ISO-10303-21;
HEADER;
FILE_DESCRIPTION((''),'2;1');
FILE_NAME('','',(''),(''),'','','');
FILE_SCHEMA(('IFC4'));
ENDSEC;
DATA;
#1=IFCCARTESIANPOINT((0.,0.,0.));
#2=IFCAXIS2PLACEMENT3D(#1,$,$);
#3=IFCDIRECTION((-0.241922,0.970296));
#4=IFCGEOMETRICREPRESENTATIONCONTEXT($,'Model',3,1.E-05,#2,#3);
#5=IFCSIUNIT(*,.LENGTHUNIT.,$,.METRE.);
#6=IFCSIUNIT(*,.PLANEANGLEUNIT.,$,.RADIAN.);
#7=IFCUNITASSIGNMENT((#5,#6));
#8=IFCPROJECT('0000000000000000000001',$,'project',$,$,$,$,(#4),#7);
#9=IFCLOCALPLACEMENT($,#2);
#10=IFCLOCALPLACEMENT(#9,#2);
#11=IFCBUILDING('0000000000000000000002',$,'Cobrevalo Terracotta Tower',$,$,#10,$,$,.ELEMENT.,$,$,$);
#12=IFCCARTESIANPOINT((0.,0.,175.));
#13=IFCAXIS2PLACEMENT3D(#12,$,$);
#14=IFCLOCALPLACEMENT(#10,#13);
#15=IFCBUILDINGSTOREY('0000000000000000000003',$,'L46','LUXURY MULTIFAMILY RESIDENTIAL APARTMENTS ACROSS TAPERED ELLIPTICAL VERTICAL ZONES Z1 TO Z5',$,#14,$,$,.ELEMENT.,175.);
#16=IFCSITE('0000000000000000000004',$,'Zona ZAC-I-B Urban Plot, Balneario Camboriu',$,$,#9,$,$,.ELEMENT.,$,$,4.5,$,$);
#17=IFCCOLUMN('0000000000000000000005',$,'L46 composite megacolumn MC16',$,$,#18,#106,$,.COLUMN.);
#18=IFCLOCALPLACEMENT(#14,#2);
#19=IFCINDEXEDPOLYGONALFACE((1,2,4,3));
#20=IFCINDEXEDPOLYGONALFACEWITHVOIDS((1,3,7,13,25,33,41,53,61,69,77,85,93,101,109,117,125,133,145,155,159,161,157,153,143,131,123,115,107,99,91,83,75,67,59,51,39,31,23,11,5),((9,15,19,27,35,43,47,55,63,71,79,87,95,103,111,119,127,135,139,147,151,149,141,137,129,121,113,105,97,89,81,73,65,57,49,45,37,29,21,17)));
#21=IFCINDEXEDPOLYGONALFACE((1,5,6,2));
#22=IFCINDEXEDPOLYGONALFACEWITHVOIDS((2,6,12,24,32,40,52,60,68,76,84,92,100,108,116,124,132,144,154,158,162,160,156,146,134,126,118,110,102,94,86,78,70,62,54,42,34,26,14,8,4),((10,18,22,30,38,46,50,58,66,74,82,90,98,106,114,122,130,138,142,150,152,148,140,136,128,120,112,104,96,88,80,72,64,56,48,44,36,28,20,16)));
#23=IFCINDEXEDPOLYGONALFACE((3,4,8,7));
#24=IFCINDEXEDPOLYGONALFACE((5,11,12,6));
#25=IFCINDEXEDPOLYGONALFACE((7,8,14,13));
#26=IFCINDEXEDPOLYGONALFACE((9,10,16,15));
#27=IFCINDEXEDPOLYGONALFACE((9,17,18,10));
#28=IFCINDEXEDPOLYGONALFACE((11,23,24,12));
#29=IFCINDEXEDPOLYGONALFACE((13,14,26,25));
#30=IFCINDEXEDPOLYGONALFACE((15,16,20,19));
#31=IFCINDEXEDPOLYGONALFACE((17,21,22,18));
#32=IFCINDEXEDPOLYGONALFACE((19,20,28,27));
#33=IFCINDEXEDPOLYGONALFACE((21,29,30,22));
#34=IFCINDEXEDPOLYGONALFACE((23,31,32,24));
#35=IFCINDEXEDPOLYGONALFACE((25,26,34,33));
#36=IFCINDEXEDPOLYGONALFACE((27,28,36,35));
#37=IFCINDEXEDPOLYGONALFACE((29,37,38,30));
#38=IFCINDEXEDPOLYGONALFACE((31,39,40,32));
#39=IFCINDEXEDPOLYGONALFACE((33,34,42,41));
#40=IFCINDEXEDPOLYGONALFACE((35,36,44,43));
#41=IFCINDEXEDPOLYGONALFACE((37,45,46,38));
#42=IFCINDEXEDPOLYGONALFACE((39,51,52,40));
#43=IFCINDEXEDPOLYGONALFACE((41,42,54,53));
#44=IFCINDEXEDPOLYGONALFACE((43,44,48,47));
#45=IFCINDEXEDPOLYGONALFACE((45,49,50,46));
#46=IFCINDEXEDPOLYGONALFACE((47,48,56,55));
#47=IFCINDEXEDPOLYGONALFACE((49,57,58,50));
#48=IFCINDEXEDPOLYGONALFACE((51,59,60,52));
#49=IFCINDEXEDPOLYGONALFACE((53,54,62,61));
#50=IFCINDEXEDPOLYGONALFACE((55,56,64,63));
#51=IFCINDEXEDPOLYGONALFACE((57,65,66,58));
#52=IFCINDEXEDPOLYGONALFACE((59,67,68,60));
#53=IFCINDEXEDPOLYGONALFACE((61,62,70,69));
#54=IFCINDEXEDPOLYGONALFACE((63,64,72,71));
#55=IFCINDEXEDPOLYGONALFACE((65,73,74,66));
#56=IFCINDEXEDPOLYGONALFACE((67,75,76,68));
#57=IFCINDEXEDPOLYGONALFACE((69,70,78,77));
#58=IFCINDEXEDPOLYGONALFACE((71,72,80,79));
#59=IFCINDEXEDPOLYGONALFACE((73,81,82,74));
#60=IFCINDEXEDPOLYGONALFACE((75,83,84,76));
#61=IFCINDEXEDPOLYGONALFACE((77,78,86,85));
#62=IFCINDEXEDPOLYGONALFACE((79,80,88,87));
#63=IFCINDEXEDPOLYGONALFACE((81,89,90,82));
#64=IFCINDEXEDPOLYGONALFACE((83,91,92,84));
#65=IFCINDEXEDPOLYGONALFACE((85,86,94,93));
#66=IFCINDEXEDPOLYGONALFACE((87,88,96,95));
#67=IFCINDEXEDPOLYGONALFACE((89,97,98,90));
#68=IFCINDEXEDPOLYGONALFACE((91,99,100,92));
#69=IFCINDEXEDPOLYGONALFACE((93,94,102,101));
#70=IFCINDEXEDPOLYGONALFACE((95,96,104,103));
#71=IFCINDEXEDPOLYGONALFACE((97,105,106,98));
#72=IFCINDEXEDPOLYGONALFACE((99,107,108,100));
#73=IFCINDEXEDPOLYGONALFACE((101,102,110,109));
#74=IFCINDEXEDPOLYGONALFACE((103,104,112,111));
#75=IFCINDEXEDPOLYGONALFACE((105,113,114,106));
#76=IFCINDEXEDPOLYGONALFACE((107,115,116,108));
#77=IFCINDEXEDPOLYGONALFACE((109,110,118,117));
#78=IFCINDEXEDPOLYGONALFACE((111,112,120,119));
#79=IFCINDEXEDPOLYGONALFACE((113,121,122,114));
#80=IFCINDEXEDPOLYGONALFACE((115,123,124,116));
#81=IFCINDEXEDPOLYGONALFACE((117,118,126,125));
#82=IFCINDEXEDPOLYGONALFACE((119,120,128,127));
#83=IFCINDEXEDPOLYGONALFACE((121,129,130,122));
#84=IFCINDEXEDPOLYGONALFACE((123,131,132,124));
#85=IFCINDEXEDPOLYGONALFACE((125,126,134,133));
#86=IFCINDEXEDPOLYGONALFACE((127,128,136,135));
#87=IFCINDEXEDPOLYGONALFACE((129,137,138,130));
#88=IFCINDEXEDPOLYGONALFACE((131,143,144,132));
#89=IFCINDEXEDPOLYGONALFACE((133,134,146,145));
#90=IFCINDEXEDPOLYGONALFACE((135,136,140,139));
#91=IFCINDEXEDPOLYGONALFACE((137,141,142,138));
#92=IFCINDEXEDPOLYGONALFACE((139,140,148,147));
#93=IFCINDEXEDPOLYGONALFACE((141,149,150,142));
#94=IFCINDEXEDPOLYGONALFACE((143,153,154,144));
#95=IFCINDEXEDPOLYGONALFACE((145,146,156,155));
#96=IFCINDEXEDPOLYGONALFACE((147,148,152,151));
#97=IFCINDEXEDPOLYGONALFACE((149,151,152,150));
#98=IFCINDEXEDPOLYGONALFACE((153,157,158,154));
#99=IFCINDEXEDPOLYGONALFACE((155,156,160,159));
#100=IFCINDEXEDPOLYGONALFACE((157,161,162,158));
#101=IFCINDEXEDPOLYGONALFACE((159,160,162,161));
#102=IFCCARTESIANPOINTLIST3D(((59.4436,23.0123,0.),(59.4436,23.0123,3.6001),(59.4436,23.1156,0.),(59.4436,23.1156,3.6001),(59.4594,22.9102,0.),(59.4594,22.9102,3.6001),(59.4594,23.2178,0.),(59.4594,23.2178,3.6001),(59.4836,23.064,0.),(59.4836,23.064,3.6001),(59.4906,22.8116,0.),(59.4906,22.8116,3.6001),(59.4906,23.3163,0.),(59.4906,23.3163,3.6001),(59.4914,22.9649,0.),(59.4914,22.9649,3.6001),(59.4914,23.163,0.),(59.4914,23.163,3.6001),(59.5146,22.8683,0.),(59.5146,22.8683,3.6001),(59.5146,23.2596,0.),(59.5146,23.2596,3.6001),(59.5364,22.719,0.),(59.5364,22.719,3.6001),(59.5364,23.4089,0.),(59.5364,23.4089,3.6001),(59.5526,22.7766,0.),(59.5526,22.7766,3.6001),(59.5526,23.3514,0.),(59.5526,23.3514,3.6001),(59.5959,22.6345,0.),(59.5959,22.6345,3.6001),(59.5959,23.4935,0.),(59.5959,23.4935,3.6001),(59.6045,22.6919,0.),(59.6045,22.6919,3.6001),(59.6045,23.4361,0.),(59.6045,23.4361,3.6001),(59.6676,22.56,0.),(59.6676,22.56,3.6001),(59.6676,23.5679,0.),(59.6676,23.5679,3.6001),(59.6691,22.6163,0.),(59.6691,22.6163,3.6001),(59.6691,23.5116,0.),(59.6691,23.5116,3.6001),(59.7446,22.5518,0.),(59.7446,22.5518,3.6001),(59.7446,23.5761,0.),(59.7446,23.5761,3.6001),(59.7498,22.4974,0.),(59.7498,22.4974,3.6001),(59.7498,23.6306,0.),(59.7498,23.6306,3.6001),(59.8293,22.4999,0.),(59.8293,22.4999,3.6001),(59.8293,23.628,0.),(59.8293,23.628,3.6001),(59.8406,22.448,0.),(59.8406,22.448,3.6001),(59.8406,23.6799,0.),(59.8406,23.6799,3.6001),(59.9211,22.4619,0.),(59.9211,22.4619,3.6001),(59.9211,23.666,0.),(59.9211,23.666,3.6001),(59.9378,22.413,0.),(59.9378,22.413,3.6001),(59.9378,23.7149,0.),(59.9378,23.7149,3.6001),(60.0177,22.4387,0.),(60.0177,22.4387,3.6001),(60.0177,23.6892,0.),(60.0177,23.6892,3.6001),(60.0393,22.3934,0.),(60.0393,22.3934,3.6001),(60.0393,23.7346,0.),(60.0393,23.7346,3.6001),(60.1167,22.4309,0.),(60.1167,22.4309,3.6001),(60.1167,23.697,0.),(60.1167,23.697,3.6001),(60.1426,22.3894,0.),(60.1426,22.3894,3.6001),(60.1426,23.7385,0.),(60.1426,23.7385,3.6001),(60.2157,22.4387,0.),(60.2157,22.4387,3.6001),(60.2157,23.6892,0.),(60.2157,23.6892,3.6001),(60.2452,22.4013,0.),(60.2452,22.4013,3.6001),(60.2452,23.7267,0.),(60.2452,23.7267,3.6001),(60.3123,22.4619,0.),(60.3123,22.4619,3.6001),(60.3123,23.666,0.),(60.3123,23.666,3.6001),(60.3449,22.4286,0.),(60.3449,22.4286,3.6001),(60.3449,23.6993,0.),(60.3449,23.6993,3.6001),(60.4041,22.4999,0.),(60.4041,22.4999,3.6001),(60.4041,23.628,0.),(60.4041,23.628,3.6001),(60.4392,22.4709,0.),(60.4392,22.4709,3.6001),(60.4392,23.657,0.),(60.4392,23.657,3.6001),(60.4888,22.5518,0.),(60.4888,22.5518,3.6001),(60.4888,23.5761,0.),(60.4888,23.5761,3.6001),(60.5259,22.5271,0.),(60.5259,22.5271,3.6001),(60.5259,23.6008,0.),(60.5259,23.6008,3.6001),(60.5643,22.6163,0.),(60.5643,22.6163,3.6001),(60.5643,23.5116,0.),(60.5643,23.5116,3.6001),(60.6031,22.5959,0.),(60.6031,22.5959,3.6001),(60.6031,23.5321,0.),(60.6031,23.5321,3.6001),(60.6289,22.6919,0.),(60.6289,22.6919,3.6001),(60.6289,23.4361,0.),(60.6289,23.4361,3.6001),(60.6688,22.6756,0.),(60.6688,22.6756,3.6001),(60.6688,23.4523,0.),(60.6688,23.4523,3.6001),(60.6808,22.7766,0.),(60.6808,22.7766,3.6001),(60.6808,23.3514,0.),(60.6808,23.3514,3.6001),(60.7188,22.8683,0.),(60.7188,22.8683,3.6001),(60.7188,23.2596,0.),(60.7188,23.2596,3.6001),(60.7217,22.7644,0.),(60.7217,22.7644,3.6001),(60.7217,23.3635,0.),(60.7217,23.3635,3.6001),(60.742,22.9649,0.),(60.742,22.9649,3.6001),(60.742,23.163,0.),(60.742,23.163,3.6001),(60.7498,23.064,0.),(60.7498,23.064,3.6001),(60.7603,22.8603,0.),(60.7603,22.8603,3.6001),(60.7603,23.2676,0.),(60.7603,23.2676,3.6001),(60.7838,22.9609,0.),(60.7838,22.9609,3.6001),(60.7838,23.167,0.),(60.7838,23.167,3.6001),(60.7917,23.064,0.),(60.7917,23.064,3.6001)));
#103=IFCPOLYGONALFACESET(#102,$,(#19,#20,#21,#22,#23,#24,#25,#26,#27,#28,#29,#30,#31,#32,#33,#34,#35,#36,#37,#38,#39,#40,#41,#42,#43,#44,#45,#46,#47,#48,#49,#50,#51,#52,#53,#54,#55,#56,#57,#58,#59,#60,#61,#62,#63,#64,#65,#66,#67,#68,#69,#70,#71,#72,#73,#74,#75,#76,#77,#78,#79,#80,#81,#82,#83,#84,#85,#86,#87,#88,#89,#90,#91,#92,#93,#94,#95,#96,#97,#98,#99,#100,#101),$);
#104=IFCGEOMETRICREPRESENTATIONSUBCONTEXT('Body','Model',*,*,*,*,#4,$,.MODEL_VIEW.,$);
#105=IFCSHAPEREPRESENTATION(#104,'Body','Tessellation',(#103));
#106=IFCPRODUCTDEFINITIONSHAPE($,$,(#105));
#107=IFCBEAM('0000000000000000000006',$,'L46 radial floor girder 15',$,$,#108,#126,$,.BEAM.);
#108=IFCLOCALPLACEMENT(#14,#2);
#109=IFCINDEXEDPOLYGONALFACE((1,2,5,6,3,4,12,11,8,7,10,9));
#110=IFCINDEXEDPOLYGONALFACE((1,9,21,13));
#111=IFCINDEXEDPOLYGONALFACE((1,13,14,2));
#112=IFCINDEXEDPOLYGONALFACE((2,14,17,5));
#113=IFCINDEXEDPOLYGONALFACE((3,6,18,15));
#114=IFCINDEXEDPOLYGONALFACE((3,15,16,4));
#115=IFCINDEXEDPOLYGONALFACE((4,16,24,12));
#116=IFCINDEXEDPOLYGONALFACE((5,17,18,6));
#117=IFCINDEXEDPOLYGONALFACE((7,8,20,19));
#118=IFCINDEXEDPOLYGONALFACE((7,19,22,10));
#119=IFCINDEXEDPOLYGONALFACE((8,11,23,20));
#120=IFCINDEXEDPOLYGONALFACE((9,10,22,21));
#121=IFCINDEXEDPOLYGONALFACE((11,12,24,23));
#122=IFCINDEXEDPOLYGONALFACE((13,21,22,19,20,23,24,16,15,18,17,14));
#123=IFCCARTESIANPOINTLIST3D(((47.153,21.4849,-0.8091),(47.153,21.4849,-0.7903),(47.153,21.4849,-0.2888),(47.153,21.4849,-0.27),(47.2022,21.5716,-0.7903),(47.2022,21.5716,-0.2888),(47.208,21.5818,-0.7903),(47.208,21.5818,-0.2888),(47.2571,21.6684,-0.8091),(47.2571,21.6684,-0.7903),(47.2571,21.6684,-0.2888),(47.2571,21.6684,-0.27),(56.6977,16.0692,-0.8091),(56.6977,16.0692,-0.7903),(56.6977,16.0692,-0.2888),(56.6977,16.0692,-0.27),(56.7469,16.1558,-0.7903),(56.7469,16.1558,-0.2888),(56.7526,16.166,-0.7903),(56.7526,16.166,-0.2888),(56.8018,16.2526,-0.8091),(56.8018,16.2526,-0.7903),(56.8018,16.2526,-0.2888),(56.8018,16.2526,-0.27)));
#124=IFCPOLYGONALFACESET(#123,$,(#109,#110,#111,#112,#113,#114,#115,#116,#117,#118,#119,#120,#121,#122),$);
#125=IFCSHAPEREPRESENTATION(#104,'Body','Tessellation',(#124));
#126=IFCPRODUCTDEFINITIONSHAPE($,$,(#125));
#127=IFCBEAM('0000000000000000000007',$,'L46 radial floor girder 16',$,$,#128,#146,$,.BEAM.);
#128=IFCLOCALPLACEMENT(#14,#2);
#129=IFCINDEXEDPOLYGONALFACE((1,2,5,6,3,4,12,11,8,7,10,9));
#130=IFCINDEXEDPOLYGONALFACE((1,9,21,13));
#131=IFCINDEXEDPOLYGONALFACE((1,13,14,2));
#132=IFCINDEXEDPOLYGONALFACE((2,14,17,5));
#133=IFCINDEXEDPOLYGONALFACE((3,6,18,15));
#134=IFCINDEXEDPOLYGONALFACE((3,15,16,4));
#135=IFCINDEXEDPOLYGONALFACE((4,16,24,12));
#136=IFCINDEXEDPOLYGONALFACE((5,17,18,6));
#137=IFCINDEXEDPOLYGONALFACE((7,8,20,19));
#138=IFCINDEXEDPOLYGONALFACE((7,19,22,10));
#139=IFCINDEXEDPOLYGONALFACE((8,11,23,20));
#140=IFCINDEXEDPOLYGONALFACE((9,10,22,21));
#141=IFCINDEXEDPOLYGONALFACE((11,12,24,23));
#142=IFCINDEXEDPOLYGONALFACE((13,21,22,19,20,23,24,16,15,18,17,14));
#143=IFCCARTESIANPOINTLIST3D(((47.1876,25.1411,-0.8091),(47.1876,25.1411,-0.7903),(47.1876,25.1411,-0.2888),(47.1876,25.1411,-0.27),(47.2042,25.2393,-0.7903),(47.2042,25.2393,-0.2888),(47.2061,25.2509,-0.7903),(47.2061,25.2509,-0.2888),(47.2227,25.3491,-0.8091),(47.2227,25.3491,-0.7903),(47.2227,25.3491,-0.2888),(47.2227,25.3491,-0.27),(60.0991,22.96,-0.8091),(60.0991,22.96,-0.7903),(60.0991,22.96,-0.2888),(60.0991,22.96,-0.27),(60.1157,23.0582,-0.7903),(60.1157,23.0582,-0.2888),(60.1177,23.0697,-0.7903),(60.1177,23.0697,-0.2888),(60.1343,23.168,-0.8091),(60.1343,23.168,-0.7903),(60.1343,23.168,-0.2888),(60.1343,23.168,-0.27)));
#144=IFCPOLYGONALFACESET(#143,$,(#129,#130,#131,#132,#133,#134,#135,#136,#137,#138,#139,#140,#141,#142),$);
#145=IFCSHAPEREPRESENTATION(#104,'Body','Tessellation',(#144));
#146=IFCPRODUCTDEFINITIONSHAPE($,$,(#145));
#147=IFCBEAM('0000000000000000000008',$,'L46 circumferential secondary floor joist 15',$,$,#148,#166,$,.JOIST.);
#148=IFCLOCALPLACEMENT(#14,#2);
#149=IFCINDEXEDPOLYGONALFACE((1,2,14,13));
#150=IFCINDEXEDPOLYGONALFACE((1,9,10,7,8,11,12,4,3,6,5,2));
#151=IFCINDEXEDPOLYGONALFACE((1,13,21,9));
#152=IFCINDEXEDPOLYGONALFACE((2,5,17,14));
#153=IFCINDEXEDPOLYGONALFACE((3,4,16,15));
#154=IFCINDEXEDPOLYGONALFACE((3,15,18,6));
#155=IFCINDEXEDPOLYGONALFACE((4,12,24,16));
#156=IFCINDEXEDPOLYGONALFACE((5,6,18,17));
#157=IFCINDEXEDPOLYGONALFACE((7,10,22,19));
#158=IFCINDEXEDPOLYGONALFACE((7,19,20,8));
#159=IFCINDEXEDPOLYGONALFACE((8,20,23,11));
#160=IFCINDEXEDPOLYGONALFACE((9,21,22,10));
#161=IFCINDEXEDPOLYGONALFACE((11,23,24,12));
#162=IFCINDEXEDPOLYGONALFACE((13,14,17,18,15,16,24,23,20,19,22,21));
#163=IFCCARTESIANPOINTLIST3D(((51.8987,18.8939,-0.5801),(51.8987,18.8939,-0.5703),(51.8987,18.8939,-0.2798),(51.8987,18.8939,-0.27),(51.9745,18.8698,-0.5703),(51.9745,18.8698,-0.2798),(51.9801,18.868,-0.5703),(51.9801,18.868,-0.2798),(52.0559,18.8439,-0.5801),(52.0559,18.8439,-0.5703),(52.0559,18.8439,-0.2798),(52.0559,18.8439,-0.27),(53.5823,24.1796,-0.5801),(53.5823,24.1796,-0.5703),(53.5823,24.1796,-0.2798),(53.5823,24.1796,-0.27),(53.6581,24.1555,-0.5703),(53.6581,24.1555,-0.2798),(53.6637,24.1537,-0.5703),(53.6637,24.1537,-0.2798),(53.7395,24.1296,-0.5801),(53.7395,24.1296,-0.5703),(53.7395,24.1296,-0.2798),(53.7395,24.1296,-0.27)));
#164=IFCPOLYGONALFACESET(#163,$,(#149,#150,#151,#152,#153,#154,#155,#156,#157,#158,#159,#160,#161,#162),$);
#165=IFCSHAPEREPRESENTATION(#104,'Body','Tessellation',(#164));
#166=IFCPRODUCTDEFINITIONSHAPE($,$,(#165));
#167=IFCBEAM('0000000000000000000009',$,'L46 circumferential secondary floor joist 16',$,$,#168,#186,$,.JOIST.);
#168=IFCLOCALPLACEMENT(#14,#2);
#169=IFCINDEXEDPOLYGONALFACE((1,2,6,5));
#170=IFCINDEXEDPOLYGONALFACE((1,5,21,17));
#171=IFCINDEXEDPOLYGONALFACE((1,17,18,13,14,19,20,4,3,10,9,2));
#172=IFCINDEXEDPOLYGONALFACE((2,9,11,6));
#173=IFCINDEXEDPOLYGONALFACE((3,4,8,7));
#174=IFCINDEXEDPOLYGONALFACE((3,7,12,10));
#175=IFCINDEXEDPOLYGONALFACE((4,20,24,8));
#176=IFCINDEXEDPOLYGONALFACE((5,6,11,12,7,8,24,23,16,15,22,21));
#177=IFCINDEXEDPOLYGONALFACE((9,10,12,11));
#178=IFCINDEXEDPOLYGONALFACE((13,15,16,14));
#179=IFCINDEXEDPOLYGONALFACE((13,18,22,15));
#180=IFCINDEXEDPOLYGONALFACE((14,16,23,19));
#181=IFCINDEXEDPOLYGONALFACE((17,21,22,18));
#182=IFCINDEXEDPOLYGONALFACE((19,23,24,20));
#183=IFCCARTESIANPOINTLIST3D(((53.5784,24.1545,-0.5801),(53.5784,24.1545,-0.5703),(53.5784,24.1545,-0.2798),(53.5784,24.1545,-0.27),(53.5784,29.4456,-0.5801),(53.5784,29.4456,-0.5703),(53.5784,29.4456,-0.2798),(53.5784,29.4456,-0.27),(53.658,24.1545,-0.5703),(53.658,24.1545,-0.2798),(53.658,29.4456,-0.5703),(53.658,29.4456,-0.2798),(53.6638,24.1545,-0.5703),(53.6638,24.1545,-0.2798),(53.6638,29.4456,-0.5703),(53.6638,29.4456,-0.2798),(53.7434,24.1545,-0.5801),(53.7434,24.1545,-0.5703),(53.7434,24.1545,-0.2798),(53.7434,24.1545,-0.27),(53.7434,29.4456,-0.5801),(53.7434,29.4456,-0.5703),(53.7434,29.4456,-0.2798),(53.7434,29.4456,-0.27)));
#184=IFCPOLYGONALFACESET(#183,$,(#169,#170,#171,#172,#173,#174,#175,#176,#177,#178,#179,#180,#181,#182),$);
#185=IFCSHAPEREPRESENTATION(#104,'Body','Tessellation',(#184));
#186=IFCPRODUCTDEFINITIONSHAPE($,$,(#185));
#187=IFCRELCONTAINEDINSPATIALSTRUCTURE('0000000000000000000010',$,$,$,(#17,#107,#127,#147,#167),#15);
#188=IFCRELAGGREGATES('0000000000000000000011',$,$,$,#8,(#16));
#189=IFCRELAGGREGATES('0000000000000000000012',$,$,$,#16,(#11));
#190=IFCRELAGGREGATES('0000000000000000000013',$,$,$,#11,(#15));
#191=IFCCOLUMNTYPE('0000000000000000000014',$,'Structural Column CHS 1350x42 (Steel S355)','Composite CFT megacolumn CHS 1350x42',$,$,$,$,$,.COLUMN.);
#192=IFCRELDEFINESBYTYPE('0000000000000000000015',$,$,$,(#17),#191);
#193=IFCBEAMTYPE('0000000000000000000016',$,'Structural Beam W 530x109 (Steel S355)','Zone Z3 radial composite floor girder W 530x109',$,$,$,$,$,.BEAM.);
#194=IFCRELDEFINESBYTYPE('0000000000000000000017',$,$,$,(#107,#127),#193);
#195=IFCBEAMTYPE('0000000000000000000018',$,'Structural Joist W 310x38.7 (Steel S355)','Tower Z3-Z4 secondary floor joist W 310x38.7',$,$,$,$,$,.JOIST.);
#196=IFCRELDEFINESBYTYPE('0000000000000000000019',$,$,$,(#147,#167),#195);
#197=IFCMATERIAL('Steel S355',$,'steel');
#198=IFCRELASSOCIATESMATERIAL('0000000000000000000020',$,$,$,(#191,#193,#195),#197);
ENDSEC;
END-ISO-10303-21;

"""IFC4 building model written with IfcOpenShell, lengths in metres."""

from ifc_helpers import new_model, si_unit, direction, frame, origin, origin_2d, place, context, subcontext, project, spatial, hollow_circle, i_section, extrude, material, material_profile, profile_set, type_object, element, save


model = new_model("IFC4")

# Units and contexts
model_context = context("Model", 3, precision=1e-05, world=origin(), true_north=direction((-0.241922, 0.970296)))
body_context = subcontext(model_context, "Body", "Model", "MODEL_VIEW")
ifc_project = project(units=[si_unit("LENGTHUNIT", "METRE"), si_unit("PLANEANGLEUNIT", "RADIAN")], contexts=[model_context])

# Site, building, storey
site_placement = place(None, origin())
site = spatial("IfcSite", under=ifc_project, at=site_placement, Name="Zona ZAC-I-B Urban Plot, Balneario Camboriu", CompositionType="ELEMENT", RefElevation=4.5)
building_placement = place(site_placement, origin())
building = spatial("IfcBuilding", under=site, at=building_placement, Name="Cobrevalo Terracotta Tower", CompositionType="ELEMENT")
storey_placement = place(building_placement, frame((0.0, 0.0, 175.0)))
storey = spatial("IfcBuildingStorey", under=building, at=storey_placement, Name="L46", Description="LUXURY MULTIFAMILY RESIDENTIAL APARTMENTS ACROSS TAPERED ELLIPTICAL VERTICAL ZONES Z1 TO Z5", CompositionType="ELEMENT", Elevation=175.0)

# Column
ifc_material_1 = material(Name="Steel S355", Category="steel")
ifc_material_profile_1 = material_profile(ifc_material_1, hollow_circle(Radius=0.675, WallThickness=0.042, at=origin_2d()), Name="CHS 1350x42")
ifc_profile_set_1 = profile_set([ifc_material_profile_1], Name="Steel S355")
column_type = type_object("IfcColumnType", Name="Structural Column CHS 1350x42 (Steel S355)", Description="Composite CFT megacolumn CHS 1350x42", PredefinedType="COLUMN", material=ifc_profile_set_1)
column_placement = place(storey_placement, frame((60.1167, 23.064, 0.0), z_axis=(0.0, 0.0, 1.0), x_axis=(1.0, 0.0, 0.0)))
element("IfcColumn", 1, at=column_placement, inside=storey, type_object=column_type, Name="L46 composite megacolumn MC16", PredefinedType="COLUMN", context=body_context, shape_type="SweptSolid", body=[
    extrude(hollow_circle(Radius=0.675, WallThickness=0.042, at=origin_2d()), origin(), (0.0, 0.0, 1.0), 3.6001),
])

# Beams
ifc_material_profile_2 = material_profile(ifc_material_1, i_section(OverallWidth=0.2109, OverallDepth=0.5391, WebThickness=0.0117, FlangeThickness=0.0188, at=origin_2d()), Name="W 530x109")
ifc_profile_set_2 = profile_set([ifc_material_profile_2], Name="Steel S355")
beam_type_1 = type_object("IfcBeamType", Name="Structural Beam W 530x109 (Steel S355)", Description="Zone Z3 radial composite floor girder W 530x109", PredefinedType="BEAM", material=ifc_profile_set_2)
beam_1_placement = place(storey_placement, frame((56.7498, 16.1609, -0.5396), z_axis=(-0.869744, 0.493504, 0.0), x_axis=(-0.493504, -0.869744, 0.0)))
element("IfcBeam", 2, at=beam_1_placement, inside=storey, type_object=beam_type_1, Name="L46 radial floor girder 15", PredefinedType="BEAM", context=body_context, shape_type="SweptSolid", body=[
    extrude(i_section(OverallWidth=0.2109, OverallDepth=0.5391, WebThickness=0.0117, FlangeThickness=0.0188, at=origin_2d()), origin(), (0.0, 0.0, 1.0), 10.9741),
])
beam_2_placement = place(storey_placement, frame((60.1167, 23.064, -0.5396), z_axis=(-0.98603, 0.166569, 0.0), x_axis=(-0.166569, -0.98603, 0.0)))
element("IfcBeam", 3, at=beam_2_placement, inside=storey, type_object=beam_type_1, Name="L46 radial floor girder 16", PredefinedType="BEAM", context=body_context, shape_type="SweptSolid", body=[
    extrude(i_section(OverallWidth=0.2109, OverallDepth=0.5391, WebThickness=0.0117, FlangeThickness=0.0188, at=origin_2d()), origin(), (0.0, 0.0, 1.0), 13.0945),
])
ifc_material_profile_3 = material_profile(ifc_material_1, i_section(OverallWidth=0.165, OverallDepth=0.3101, WebThickness=0.0059, FlangeThickness=0.0098, at=origin_2d()), Name="W 310x38.7")
ifc_profile_set_3 = profile_set([ifc_material_profile_3], Name="Steel S355")
beam_type_2 = type_object("IfcBeamType", Name="Structural Joist W 310x38.7 (Steel S355)", Description="Tower Z3-Z4 secondary floor joist W 310x38.7", PredefinedType="JOIST", material=ifc_profile_set_3)
beam_3_placement = place(storey_placement, frame((51.9773, 18.8689, -0.425), z_axis=(0.303498, 0.952832, 0.0), x_axis=(-0.952832, 0.303498, 0.0)))
element("IfcBeam", 4, at=beam_3_placement, inside=storey, type_object=beam_type_2, Name="L46 circumferential secondary floor joist 15", PredefinedType="JOIST", context=body_context, shape_type="SweptSolid", body=[
    extrude(i_section(OverallWidth=0.165, OverallDepth=0.3101, WebThickness=0.0059, FlangeThickness=0.0098, at=origin_2d()), origin(), (0.0, 0.0, 1.0), 5.5474),
])
beam_4_placement = place(storey_placement, frame((53.6609, 24.1545, -0.425), z_axis=(0.0, 1.0, 0.0), x_axis=(-1.0, 0.0, 0.0)))
element("IfcBeam", 5, at=beam_4_placement, inside=storey, type_object=beam_type_2, Name="L46 circumferential secondary floor joist 16", PredefinedType="JOIST", context=body_context, shape_type="SweptSolid", body=[
    extrude(i_section(OverallWidth=0.165, OverallDepth=0.3101, WebThickness=0.0059, FlangeThickness=0.0098, at=origin_2d()), origin(), (0.0, 0.0, 1.0), 5.291),
])

save(model, "model.ifc")
